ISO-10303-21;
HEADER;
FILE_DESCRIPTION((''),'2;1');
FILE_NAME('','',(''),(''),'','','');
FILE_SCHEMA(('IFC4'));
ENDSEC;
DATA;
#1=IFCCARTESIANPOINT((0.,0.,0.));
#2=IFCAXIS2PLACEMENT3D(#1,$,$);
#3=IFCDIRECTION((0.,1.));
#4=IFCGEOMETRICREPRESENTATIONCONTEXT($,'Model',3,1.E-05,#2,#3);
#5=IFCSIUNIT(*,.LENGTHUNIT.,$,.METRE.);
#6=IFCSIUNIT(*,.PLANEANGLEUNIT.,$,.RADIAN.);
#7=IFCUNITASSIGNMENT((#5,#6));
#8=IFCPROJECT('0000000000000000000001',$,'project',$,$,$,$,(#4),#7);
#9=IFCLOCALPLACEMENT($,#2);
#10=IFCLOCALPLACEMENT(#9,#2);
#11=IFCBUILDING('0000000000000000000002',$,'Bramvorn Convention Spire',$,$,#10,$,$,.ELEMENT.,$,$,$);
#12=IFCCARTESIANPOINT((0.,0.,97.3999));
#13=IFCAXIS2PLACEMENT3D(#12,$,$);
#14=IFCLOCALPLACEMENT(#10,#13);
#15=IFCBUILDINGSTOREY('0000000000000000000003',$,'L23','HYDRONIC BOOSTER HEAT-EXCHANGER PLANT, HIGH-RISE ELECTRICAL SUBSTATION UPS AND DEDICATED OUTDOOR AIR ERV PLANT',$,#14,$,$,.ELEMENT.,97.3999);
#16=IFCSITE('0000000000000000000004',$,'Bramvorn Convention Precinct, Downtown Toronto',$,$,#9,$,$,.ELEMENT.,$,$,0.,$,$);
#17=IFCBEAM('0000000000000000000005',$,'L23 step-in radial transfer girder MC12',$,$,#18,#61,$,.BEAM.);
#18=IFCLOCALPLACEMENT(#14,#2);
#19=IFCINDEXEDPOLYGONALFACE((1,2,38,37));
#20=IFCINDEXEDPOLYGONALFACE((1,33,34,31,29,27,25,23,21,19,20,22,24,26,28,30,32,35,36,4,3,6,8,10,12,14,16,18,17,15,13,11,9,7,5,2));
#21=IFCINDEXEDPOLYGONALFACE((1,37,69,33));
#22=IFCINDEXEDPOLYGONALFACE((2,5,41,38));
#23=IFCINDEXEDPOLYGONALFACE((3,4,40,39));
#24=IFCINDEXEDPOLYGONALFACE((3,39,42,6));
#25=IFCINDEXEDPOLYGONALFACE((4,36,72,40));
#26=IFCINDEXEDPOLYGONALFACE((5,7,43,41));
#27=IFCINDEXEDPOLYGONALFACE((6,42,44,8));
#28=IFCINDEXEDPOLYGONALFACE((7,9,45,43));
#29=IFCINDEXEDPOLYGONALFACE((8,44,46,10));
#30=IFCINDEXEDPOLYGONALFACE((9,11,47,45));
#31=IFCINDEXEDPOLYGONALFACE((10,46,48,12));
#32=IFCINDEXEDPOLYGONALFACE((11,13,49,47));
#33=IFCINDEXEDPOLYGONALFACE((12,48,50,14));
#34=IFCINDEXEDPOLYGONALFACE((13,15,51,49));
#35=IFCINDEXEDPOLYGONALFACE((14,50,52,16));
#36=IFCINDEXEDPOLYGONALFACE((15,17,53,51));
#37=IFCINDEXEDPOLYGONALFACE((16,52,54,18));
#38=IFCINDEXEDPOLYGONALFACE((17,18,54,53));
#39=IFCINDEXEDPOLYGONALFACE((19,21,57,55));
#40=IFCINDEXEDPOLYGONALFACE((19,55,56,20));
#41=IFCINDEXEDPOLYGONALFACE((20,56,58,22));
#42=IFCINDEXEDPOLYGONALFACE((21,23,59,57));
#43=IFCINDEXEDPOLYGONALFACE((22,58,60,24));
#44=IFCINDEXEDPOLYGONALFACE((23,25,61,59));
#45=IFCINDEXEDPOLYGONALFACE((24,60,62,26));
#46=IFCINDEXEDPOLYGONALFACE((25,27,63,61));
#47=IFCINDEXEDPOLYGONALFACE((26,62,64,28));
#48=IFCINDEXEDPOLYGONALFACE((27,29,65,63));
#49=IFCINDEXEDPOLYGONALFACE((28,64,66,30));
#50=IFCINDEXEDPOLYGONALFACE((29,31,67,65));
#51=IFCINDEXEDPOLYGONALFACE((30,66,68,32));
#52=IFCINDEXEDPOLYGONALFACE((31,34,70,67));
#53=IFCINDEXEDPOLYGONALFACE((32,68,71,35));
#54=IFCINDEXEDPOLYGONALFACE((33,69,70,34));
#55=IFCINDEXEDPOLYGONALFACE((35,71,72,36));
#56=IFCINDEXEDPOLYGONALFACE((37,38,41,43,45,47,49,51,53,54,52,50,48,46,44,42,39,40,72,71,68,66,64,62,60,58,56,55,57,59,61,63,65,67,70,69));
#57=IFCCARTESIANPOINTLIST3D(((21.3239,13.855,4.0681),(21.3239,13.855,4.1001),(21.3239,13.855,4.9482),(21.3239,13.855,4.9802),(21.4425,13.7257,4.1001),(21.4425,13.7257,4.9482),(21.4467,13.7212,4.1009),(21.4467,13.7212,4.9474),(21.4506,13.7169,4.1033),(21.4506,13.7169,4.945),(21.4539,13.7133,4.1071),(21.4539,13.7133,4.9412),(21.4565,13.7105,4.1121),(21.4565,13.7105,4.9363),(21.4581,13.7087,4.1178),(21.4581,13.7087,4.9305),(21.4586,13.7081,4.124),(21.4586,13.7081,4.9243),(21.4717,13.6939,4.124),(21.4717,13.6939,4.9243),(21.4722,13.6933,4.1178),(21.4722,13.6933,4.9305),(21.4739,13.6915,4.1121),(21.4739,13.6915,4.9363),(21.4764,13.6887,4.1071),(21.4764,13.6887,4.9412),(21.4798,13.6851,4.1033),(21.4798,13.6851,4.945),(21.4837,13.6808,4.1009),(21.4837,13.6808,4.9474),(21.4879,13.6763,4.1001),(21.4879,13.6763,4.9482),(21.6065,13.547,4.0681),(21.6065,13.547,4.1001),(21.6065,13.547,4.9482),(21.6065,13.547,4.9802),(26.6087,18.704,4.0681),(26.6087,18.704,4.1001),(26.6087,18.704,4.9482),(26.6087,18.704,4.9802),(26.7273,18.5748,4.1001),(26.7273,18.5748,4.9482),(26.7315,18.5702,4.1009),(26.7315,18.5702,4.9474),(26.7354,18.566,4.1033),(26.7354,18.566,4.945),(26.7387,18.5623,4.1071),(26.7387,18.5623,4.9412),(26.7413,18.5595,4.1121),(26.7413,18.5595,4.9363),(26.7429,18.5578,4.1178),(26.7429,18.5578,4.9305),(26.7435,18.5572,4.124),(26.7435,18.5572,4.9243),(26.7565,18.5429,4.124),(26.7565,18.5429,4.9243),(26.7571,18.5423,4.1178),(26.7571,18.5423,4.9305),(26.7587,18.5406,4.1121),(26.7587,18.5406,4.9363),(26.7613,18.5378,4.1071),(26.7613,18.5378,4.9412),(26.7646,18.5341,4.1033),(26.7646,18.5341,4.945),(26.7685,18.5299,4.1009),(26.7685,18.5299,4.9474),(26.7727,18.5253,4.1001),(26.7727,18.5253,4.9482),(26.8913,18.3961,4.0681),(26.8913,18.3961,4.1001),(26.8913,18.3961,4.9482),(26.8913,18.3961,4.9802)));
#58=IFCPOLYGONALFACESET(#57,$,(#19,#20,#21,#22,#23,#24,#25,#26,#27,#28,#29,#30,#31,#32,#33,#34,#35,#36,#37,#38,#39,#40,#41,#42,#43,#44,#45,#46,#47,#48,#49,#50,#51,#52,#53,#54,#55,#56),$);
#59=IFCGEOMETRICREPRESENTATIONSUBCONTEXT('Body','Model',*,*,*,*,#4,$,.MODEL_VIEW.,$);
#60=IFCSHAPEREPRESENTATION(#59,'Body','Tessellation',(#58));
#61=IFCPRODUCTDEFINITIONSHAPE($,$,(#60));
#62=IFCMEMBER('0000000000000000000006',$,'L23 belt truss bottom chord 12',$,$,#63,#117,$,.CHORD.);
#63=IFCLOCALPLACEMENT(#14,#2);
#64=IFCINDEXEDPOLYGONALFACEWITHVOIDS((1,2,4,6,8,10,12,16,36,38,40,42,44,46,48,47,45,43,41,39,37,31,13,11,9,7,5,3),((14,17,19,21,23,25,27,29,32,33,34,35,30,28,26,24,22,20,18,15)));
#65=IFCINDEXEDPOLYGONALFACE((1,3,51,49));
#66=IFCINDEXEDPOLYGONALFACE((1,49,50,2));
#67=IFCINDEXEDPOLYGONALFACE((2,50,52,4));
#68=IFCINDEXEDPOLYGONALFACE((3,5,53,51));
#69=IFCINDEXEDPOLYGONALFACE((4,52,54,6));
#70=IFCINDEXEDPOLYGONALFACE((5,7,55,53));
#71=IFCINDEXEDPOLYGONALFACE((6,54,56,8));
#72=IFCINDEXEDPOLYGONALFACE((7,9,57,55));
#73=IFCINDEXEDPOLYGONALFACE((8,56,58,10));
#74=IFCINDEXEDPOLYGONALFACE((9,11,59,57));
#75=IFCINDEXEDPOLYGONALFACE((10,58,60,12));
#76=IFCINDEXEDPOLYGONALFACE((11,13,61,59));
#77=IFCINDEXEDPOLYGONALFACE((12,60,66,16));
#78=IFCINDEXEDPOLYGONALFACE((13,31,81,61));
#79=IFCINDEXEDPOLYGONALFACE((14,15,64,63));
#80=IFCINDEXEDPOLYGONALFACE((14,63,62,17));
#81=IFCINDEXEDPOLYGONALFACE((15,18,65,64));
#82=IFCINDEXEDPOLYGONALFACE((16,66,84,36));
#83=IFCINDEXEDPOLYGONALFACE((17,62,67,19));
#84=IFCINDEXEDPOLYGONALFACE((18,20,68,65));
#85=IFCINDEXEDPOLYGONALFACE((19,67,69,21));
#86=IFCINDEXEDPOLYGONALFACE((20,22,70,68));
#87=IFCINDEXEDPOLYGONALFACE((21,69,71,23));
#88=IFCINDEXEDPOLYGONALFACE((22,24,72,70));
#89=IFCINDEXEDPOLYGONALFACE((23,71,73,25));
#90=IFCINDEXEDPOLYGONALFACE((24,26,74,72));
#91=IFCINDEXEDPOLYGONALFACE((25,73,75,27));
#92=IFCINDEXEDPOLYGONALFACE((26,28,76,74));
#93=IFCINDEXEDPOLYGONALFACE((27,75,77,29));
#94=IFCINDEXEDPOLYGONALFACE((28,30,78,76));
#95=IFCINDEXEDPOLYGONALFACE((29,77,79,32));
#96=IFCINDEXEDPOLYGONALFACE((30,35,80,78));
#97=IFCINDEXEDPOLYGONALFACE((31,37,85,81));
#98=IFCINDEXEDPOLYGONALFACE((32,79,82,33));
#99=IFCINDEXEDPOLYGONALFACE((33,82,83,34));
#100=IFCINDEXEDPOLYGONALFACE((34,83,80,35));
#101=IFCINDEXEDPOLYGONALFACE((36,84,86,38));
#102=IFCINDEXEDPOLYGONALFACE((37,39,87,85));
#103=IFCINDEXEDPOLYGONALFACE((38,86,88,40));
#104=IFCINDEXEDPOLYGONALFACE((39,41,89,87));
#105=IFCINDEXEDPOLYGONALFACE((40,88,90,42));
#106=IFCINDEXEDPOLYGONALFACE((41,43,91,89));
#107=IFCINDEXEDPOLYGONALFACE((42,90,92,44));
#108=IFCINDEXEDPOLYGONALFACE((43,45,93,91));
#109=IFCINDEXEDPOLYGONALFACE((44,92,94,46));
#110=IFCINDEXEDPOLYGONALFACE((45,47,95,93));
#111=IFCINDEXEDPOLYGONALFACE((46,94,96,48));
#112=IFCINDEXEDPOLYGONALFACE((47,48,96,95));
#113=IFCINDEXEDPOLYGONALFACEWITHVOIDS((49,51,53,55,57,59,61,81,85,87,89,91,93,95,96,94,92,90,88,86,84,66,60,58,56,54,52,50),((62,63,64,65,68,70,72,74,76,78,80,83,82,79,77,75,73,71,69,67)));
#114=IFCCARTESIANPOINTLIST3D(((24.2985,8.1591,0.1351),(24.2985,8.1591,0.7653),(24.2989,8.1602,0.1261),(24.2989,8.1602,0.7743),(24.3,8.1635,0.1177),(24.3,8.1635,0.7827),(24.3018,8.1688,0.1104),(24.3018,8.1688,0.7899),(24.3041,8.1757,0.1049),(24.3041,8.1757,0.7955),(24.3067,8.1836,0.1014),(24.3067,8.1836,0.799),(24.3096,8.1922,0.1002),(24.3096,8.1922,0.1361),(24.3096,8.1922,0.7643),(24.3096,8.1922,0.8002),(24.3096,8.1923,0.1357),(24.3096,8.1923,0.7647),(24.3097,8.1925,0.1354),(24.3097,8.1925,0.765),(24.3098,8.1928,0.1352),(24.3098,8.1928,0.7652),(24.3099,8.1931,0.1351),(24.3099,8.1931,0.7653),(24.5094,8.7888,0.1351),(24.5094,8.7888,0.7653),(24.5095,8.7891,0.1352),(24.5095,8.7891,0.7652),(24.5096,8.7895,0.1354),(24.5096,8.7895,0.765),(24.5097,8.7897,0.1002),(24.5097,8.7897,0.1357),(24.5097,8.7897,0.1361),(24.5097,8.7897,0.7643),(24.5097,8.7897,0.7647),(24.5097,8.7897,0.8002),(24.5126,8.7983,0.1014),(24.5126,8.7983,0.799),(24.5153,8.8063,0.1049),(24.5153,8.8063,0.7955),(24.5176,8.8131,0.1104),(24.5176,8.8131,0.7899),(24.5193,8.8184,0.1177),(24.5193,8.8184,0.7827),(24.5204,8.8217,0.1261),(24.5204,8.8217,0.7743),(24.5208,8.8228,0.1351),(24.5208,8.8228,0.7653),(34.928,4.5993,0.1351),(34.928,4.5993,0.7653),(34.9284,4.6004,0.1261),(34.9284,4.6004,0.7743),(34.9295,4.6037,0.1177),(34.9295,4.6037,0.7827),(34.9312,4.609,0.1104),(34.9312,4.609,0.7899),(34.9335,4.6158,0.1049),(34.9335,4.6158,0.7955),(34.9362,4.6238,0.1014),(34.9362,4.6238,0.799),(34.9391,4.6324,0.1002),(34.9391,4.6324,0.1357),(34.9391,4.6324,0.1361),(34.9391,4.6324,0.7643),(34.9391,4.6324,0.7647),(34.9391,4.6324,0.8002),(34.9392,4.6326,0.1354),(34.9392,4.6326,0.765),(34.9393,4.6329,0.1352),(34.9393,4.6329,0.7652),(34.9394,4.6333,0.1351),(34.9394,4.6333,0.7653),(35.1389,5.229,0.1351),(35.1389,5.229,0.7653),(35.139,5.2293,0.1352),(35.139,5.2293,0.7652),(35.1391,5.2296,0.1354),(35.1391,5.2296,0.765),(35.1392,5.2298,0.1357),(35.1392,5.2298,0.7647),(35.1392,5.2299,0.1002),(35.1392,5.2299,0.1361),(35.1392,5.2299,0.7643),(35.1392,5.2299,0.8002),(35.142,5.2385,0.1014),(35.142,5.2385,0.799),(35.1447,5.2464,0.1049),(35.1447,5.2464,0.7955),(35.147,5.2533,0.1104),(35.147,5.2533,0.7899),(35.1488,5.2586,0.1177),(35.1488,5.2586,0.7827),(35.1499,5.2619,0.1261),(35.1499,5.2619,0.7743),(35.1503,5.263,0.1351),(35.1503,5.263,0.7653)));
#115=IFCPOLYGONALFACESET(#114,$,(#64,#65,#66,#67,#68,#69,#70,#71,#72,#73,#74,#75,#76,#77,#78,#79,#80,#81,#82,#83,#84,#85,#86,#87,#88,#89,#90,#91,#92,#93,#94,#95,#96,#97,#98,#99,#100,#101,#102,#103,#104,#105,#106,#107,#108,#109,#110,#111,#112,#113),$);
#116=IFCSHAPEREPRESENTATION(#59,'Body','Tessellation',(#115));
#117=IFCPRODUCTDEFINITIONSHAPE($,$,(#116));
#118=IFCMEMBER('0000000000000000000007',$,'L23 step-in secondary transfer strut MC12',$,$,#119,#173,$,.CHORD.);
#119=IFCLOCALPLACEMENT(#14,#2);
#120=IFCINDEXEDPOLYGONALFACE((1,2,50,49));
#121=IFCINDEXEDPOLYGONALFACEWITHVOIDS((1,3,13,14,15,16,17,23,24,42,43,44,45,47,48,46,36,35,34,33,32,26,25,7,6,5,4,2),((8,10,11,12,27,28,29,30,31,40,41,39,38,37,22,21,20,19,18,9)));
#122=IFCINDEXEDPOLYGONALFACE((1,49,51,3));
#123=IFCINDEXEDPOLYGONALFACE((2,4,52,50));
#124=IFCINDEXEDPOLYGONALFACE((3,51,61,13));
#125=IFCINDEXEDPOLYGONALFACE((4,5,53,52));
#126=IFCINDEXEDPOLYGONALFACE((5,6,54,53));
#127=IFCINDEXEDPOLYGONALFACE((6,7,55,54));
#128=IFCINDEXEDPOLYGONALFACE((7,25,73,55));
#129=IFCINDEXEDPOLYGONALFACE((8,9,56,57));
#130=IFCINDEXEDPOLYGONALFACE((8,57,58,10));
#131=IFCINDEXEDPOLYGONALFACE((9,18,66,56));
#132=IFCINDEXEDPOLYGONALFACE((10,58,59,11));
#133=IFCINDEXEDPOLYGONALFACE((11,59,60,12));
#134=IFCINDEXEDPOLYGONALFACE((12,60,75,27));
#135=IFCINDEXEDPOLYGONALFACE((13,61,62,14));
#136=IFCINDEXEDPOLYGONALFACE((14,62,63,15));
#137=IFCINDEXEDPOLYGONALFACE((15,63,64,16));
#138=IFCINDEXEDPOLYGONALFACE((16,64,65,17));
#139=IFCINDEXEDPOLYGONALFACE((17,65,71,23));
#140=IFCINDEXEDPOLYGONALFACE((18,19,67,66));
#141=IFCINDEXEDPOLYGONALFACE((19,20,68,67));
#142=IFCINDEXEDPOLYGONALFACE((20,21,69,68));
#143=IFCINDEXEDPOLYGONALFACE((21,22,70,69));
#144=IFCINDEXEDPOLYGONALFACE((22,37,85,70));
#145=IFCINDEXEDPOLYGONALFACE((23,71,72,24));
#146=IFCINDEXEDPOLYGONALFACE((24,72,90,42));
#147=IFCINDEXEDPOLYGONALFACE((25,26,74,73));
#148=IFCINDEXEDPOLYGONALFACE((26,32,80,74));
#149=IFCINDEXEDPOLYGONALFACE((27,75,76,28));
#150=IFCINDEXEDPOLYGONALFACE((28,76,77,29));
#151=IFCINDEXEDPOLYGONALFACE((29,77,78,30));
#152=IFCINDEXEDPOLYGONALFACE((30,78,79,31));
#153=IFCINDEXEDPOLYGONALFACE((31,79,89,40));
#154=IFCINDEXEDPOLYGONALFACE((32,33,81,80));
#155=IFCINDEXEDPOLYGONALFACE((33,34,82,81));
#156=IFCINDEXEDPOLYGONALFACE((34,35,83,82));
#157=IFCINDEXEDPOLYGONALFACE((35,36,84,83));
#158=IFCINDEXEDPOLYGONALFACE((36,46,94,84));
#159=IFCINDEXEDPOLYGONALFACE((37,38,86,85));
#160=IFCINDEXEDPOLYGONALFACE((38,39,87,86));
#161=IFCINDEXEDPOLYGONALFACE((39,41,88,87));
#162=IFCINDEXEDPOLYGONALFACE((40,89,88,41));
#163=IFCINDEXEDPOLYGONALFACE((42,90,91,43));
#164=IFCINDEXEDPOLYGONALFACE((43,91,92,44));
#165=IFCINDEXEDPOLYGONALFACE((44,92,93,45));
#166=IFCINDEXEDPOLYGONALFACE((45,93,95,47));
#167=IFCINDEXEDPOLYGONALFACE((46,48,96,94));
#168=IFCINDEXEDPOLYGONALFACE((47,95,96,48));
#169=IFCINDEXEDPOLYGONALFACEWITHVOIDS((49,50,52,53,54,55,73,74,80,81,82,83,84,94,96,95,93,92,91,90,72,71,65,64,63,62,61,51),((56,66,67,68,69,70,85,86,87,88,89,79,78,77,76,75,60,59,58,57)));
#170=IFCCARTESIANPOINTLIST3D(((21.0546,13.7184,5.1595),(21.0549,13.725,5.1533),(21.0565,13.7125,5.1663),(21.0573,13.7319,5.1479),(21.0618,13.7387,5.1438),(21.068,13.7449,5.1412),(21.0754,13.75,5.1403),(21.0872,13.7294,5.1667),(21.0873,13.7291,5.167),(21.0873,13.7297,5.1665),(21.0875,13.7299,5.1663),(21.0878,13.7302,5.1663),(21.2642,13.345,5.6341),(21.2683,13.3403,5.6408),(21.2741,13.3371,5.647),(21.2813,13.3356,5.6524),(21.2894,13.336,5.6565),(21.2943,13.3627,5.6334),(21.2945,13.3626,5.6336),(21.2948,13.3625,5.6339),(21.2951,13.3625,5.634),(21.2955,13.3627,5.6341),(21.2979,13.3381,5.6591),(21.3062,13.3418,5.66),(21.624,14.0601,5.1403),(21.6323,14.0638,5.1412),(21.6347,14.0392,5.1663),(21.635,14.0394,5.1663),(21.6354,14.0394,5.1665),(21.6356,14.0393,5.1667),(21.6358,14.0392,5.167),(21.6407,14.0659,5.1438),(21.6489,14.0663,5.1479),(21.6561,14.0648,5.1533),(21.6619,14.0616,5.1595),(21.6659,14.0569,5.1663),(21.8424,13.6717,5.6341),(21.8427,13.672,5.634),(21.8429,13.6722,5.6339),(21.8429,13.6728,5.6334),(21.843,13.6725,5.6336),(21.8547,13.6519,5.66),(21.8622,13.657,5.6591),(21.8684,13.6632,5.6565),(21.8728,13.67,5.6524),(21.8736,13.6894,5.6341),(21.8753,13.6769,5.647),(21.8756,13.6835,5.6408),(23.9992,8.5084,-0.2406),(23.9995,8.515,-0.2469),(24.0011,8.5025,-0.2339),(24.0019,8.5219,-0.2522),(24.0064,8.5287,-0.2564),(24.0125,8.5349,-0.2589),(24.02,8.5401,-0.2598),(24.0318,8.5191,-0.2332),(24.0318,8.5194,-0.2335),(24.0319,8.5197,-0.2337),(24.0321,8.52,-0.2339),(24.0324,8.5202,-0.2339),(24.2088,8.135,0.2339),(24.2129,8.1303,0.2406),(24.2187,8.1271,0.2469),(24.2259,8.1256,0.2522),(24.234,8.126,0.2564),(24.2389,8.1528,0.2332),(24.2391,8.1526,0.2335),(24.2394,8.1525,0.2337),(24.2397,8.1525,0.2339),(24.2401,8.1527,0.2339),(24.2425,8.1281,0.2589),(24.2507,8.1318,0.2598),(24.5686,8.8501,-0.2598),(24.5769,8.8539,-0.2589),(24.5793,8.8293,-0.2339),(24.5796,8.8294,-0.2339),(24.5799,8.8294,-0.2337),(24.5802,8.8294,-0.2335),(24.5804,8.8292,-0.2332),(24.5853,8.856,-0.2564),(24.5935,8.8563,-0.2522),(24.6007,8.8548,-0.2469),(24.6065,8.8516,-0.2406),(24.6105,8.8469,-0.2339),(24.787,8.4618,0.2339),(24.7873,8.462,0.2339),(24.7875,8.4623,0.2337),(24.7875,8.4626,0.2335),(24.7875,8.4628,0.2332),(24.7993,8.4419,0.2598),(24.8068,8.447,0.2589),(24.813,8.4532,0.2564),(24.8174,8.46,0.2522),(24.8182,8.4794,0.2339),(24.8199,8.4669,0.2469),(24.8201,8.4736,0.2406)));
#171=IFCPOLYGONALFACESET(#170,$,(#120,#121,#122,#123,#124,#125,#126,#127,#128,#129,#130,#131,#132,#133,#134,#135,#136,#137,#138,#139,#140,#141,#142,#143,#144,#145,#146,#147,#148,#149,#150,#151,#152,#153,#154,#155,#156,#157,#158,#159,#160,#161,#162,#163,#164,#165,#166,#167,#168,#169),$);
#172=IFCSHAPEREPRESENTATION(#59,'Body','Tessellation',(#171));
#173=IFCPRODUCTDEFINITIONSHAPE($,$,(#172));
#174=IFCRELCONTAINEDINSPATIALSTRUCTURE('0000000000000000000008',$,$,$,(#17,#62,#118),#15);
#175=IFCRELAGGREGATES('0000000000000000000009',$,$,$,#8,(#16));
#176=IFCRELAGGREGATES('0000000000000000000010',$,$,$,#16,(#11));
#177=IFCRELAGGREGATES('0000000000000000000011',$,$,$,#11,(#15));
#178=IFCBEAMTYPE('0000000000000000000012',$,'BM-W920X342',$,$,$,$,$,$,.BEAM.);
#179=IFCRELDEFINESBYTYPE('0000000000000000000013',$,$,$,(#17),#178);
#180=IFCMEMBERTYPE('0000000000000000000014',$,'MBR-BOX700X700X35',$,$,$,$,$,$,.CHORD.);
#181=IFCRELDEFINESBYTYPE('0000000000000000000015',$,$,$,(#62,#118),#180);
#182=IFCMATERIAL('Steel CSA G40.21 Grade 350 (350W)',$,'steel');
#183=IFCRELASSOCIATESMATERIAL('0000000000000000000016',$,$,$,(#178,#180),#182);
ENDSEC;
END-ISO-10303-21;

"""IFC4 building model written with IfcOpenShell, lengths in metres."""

from ifc_helpers import new_model, si_unit, direction, frame, origin, origin_2d, place, context, subcontext, project, spatial, hollow_rectangle, i_section, extrude, material, material_profile, profile_set, type_object, element, save


model = new_model("IFC4")

# Units and contexts
model_context = context("Model", 3, precision=1e-05, world=origin(), true_north=direction((0.0, 1.0)))
body_context = subcontext(model_context, "Body", "Model", "MODEL_VIEW")
ifc_project = project(units=[si_unit("LENGTHUNIT", "METRE"), si_unit("PLANEANGLEUNIT", "RADIAN")], contexts=[model_context])

# Site, building, storey
site_placement = place(None, origin())
site = spatial("IfcSite", under=ifc_project, at=site_placement, Name="Bramvorn Convention Precinct, Downtown Toronto", CompositionType="ELEMENT", RefElevation=0.0)
building_placement = place(site_placement, origin())
building = spatial("IfcBuilding", under=site, at=building_placement, Name="Bramvorn Convention Spire", CompositionType="ELEMENT")
storey_placement = place(building_placement, frame((0.0, 0.0, 97.3999)))
storey = spatial("IfcBuildingStorey", under=building, at=storey_placement, Name="L23", Description="HYDRONIC BOOSTER HEAT-EXCHANGER PLANT, HIGH-RISE ELECTRICAL SUBSTATION UPS AND DEDICATED OUTDOOR AIR ERV PLANT", CompositionType="ELEMENT", Elevation=97.3999)

# Shared definitions
ifc_material_1 = material(Name="Steel CSA G40.21 Grade 350 (350W)", Category="steel")

# Beam
ifc_material_profile_1 = material_profile(ifc_material_1, i_section(OverallWidth=0.418, OverallDepth=0.9121, WebThickness=0.0193, FlangeThickness=0.032, FilletRadius=0.0239, at=origin_2d()))
ifc_profile_set_1 = profile_set([ifc_material_profile_1], Name="Steel CSA G40.21 Grade 350 (350W) - W920X342")
beam_type = type_object("IfcBeamType", Name="BM-W920X342", PredefinedType="BEAM", material=ifc_profile_set_1)
beam_1_placement = place(storey_placement, frame((26.75, 18.55, 4.5242), z_axis=(-0.736833, -0.676074, 0.0), x_axis=(0.676074, -0.736833, 0.0)))
element("IfcBeam", 1, at=beam_1_placement, inside=storey, type_object=beam_type, Name="L23 step-in radial transfer girder MC12", PredefinedType="BEAM", context=body_context, shape_type="SweptSolid", body=[
    extrude(i_section(OverallWidth=0.418, OverallDepth=0.9121, WebThickness=0.0193, FlangeThickness=0.032, FilletRadius=0.0239, at=origin_2d()), origin(), (0.0, 0.0, 1.0), 7.1724),
])

# Members
ifc_material_profile_2 = material_profile(ifc_material_1, hollow_rectangle(XDim=0.7, YDim=0.7, WallThickness=0.0349, InnerFilletRadius=0.001, OuterFilletRadius=0.0349, at=origin_2d()))
ifc_profile_set_2 = profile_set([ifc_material_profile_2], Name="Steel CSA G40.21 Grade 350 (350W) - BOX700X700X35")
member_type_1 = type_object("IfcMemberType", Name="MBR-BOX700X700X35", PredefinedType="CHORD", material=ifc_profile_set_2)
member_1_placement = place(storey_placement, frame((24.4097, 8.491, 0.4502), z_axis=(0.948236, -0.317567, 0.0), x_axis=(0.317567, 0.948236, 0.0)))
element("IfcMember", 2, at=member_1_placement, inside=storey, type_object=member_type_1, Name="L23 belt truss bottom chord 12", PredefinedType="CHORD", context=body_context, shape_type="SweptSolid", body=[
    extrude(hollow_rectangle(XDim=0.7, YDim=0.7, WallThickness=0.0349, InnerFilletRadius=0.001, OuterFilletRadius=0.0349, at=origin_2d()), origin(), (0.0, 0.0, 1.0), 11.2097),
])
member_2_placement = place(storey_placement, frame((24.4097, 8.491, 0.0), z_axis=(-0.365298, 0.646336, 0.66993), x_axis=(-0.870576, -0.492034, 0.0)))
element("IfcMember", 3, at=member_2_placement, inside=storey, type_object=member_type_1, Name="L23 step-in secondary transfer strut MC12", PredefinedType="CHORD", context=body_context, shape_type="SweptSolid", body=[
    extrude(hollow_rectangle(XDim=0.7, YDim=0.7, WallThickness=0.0349, InnerFilletRadius=0.001, OuterFilletRadius=0.0349, at=origin_2d()), origin(), (0.0, 0.0, 1.0), 8.0608),
])

save(model, "model.ifc")
